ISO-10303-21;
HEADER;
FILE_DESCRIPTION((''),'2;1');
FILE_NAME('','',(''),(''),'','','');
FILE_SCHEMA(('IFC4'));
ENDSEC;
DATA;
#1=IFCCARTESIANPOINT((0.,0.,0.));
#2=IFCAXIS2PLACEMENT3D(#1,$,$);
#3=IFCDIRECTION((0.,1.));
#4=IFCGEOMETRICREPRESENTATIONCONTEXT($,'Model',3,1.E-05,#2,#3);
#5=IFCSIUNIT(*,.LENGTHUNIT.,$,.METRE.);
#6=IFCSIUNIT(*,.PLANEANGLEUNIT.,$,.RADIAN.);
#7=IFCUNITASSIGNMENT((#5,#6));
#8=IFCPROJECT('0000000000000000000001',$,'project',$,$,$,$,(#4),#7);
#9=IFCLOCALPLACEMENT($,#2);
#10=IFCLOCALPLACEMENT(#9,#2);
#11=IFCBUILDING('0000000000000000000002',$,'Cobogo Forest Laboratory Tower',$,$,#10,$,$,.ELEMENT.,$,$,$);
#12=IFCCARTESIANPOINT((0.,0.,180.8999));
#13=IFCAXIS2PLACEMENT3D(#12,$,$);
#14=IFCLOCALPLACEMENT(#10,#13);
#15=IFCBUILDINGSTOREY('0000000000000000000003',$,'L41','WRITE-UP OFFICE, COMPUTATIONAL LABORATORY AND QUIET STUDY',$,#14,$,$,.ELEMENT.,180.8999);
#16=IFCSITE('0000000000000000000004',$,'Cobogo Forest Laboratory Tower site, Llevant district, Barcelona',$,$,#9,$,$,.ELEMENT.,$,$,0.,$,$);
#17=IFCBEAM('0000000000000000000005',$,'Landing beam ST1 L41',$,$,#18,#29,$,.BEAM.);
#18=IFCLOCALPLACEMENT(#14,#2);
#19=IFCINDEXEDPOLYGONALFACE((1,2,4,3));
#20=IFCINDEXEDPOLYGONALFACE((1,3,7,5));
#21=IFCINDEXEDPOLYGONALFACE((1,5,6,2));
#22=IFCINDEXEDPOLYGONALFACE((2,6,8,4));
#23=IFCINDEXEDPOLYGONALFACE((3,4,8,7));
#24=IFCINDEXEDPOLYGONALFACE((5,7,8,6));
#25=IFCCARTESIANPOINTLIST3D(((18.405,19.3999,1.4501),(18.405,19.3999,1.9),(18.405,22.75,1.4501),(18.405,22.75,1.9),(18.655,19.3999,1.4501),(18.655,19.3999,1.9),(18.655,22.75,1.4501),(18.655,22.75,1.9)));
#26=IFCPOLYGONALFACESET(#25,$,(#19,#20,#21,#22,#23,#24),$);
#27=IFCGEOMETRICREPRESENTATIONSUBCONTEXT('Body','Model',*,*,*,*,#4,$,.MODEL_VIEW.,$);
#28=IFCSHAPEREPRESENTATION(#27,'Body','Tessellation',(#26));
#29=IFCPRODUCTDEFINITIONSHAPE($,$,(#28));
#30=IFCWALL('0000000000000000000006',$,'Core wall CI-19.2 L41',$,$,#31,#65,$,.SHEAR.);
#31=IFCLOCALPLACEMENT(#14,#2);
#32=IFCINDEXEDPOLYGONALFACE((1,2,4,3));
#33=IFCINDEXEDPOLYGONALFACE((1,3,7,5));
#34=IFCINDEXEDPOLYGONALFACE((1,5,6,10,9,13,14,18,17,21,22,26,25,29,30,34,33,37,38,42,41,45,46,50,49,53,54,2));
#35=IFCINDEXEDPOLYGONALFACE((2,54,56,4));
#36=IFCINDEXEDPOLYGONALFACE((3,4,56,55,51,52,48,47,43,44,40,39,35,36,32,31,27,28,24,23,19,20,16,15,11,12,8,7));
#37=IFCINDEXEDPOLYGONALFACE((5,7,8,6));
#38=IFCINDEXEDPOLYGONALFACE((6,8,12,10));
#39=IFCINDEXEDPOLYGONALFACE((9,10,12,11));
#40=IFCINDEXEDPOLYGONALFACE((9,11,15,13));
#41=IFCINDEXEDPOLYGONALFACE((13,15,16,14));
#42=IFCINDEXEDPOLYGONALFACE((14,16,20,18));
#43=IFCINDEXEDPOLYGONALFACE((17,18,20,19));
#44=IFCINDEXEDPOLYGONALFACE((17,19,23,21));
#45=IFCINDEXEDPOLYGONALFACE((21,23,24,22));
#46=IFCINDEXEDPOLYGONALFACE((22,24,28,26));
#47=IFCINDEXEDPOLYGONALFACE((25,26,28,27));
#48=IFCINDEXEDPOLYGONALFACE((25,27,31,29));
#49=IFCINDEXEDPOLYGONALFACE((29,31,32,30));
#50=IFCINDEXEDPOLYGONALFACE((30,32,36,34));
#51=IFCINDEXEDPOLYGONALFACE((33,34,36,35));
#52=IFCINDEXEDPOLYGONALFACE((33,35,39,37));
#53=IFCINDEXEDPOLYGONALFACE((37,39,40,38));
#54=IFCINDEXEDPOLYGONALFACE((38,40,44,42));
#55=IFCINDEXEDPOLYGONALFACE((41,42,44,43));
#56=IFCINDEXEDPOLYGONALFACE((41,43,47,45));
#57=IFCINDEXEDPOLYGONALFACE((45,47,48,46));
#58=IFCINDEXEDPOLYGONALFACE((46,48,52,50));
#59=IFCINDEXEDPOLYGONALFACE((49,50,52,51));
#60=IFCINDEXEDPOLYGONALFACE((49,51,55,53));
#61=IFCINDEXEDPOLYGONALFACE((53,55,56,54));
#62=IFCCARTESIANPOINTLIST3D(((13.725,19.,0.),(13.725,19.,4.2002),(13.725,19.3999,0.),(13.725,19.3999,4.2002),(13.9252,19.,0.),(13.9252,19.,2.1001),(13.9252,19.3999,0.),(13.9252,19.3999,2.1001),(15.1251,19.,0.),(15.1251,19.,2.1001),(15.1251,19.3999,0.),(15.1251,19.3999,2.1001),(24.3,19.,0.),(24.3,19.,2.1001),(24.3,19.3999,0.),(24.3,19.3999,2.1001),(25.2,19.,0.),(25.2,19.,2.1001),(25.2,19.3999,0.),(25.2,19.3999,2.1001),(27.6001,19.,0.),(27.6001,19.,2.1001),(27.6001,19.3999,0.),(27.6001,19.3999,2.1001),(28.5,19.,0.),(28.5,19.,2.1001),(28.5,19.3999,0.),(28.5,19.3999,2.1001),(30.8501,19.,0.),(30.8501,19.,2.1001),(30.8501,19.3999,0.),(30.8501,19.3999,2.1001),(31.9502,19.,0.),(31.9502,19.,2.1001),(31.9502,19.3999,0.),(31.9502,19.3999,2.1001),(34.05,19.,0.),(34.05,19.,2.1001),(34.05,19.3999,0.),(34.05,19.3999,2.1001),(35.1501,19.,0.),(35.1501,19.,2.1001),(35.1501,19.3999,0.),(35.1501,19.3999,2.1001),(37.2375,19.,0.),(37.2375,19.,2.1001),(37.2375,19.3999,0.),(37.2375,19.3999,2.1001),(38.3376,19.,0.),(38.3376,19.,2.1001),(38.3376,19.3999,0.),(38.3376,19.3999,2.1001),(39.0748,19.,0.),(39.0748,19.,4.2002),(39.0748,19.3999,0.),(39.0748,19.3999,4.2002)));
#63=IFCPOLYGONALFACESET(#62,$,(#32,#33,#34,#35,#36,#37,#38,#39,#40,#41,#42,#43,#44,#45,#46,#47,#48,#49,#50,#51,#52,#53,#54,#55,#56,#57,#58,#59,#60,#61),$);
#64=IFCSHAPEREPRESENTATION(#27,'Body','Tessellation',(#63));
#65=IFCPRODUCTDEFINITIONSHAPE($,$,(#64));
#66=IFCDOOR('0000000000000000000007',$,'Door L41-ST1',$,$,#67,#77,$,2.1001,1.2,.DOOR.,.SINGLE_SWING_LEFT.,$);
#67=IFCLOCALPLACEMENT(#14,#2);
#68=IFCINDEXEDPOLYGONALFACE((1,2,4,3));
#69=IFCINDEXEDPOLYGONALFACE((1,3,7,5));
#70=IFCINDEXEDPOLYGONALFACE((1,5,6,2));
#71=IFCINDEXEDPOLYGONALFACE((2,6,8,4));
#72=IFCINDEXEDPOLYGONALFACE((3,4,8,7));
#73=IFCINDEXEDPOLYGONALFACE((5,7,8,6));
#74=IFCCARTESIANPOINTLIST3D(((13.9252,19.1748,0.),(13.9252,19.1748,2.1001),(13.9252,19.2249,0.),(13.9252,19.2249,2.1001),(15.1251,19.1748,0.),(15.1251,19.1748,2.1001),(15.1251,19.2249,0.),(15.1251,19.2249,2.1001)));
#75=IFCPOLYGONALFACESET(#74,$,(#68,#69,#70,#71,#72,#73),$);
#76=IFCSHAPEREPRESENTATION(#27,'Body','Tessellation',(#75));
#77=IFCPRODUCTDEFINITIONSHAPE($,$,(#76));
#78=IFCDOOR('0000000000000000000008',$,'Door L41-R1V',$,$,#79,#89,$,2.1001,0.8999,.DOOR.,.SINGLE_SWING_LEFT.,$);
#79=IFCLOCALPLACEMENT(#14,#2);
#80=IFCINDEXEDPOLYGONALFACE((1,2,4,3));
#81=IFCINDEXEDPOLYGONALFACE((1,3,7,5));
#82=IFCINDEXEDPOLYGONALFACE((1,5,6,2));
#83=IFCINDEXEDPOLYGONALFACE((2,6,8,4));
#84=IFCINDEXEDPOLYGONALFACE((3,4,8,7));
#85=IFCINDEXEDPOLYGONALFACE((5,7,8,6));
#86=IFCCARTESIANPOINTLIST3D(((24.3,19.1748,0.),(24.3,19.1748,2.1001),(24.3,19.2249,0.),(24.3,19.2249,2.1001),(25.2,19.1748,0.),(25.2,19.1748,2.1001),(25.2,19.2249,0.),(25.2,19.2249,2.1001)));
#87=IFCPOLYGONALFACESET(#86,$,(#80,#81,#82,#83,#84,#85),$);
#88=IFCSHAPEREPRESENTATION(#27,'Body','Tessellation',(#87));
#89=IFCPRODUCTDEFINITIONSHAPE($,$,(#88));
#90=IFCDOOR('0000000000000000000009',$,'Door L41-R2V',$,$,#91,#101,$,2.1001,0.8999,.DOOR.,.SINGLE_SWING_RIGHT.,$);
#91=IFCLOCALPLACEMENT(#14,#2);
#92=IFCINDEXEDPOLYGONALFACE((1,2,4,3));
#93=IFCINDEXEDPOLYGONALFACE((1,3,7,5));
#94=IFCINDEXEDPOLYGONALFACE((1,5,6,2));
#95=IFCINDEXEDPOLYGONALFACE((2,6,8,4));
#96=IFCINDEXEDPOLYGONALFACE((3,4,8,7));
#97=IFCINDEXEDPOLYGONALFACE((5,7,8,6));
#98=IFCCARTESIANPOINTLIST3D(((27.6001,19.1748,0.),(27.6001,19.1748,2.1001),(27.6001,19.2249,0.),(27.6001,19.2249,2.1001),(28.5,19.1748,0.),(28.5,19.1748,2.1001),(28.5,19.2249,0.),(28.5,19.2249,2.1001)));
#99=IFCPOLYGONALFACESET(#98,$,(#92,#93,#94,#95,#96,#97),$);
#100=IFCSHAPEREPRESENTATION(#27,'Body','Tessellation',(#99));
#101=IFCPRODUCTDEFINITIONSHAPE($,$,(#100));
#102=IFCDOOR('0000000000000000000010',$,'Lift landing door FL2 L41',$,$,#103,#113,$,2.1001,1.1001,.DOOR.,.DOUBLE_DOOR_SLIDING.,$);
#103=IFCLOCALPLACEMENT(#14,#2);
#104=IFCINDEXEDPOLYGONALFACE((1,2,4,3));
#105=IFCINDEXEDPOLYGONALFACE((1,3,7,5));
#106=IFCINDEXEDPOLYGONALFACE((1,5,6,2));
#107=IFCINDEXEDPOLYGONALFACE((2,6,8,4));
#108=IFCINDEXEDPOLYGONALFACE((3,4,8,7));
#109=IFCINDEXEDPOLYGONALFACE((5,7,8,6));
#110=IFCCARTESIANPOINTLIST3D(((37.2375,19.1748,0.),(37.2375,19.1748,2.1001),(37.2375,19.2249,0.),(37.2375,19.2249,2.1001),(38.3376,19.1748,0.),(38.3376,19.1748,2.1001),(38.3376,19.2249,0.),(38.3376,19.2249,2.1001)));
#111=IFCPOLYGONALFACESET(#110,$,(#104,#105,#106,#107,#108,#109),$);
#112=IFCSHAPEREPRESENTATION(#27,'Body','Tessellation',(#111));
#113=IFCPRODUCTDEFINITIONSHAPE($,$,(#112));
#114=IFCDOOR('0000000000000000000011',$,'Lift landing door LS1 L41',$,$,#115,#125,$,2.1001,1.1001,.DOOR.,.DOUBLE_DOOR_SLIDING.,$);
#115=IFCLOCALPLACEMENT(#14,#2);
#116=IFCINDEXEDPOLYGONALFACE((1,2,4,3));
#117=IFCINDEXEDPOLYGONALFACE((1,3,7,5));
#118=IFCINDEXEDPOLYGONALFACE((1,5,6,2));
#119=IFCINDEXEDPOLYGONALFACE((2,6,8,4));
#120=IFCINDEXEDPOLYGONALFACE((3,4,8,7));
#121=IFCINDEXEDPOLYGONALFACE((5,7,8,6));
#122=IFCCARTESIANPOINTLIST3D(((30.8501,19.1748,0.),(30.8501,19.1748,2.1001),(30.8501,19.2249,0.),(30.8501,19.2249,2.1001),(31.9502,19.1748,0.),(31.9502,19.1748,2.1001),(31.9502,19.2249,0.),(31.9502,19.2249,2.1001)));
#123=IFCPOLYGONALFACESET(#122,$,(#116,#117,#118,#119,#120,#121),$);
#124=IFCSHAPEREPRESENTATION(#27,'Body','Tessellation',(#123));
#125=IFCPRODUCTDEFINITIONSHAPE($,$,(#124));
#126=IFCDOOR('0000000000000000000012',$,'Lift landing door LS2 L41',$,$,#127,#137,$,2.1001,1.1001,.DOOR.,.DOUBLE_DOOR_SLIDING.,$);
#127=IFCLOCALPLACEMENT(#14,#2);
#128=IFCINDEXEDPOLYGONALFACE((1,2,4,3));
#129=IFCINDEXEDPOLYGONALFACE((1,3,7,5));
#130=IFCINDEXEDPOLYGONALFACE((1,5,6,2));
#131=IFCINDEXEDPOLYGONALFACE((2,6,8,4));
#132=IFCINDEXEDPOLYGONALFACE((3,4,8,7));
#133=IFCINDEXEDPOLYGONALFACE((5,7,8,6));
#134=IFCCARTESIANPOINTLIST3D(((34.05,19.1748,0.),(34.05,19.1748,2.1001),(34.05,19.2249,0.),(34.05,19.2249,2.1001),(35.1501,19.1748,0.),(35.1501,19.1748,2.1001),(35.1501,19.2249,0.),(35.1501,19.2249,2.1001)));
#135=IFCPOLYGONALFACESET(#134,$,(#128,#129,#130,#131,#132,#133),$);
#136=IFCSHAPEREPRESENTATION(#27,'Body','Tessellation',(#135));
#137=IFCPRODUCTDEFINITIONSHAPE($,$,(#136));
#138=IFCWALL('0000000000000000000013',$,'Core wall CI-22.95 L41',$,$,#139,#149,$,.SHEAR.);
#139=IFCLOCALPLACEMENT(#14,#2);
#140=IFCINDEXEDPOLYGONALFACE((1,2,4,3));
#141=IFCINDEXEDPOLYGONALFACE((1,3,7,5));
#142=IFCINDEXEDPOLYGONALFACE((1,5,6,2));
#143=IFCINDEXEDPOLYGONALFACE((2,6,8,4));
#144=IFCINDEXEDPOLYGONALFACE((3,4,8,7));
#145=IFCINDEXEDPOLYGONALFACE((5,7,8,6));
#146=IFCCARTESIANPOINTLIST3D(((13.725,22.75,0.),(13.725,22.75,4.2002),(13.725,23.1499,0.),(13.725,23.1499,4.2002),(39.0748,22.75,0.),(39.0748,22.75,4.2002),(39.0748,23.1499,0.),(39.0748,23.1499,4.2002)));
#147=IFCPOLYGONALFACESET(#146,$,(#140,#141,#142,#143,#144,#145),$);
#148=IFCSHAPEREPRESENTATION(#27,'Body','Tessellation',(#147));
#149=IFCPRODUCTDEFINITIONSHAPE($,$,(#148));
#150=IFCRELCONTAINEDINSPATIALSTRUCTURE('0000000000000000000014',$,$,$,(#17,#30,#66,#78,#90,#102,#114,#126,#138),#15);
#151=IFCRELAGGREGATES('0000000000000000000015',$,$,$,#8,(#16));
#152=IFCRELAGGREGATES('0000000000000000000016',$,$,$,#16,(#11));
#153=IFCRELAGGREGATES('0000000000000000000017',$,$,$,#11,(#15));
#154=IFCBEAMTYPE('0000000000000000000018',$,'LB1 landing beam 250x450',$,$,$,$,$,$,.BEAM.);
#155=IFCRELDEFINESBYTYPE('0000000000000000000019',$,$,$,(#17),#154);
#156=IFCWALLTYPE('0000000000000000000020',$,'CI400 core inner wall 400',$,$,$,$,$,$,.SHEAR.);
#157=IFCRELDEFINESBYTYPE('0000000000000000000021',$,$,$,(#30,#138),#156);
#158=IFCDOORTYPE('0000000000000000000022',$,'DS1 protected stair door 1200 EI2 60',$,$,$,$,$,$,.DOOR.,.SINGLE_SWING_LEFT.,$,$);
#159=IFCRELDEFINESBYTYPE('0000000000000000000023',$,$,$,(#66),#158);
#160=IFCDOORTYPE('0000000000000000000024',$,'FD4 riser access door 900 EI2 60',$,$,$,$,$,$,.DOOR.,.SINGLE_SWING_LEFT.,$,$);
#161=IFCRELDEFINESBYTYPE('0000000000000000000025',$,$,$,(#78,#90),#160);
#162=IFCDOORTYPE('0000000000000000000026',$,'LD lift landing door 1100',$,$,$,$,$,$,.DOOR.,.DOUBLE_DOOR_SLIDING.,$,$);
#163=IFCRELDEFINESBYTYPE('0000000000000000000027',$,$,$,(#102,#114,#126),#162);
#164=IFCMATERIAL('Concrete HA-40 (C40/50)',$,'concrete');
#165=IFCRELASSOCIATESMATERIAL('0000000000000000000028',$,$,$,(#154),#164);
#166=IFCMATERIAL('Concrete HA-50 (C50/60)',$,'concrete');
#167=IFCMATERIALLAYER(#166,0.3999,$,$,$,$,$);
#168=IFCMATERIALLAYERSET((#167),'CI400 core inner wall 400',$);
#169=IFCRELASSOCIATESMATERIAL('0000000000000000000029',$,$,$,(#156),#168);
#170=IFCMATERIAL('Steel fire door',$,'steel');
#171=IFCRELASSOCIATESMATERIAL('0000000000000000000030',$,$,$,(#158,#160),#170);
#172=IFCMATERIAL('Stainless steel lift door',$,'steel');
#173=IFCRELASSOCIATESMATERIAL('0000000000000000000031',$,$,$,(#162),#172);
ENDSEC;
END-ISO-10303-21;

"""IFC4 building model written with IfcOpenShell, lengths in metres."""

from ifc_helpers import new_model, si_unit, direction, frame, frame_2d, origin, origin_2d, place, context, subcontext, project, spatial, rectangle, extrude, material, layer, layer_set, material_profile, profile_set, type_object, element, fill, save


model = new_model("IFC4")

# Units and contexts
model_context = context("Model", 3, precision=1e-05, world=origin(), true_north=direction((0.0, 1.0)))
body_context = subcontext(model_context, "Body", "Model", "MODEL_VIEW")
ifc_project = project(units=[si_unit("LENGTHUNIT", "METRE"), si_unit("PLANEANGLEUNIT", "RADIAN")], contexts=[model_context])

# Site, building, storey
site_placement = place(None, origin())
site = spatial("IfcSite", under=ifc_project, at=site_placement, Name="Cobogo Forest Laboratory Tower site, Llevant district, Barcelona", CompositionType="ELEMENT", RefElevation=0.0)
building_placement = place(site_placement, origin())
building = spatial("IfcBuilding", under=site, at=building_placement, Name="Cobogo Forest Laboratory Tower", CompositionType="ELEMENT")
storey_placement = place(building_placement, frame((0.0, 0.0, 180.8999)))
storey = spatial("IfcBuildingStorey", under=building, at=storey_placement, Name="L41", Description="WRITE-UP OFFICE, COMPUTATIONAL LABORATORY AND QUIET STUDY", CompositionType="ELEMENT", Elevation=180.8999)

# Beam
ifc_material_1 = material(Name="Concrete HA-40 (C40/50)", Category="concrete")
ifc_material_profile = material_profile(ifc_material_1, rectangle(XDim=0.25, YDim=0.45, at=origin_2d()), Name="RC 250x450")
ifc_profile_set = profile_set([ifc_material_profile], Name="Concrete HA-40 (C40/50)")
beam_type = type_object("IfcBeamType", Name="LB1 landing beam 250x450", PredefinedType="BEAM", material=ifc_profile_set)
beam_placement = place(storey_placement, frame((18.53, 19.3999, 1.675), z_axis=(0.0, 1.0, 0.0), x_axis=(-1.0, 0.0, 0.0)))
element("IfcBeam", 1, at=beam_placement, inside=storey, type_object=beam_type, Name="Landing beam ST1 L41", PredefinedType="BEAM", context=body_context, shape_type="SweptSolid", body=[
    extrude(rectangle(XDim=0.25, YDim=0.45, at=origin_2d()), origin(), (0.0, 0.0, 1.0), 3.3501),
])

# Wall, openings, doors
ifc_material_2 = material(Name="Concrete HA-50 (C50/60)", Category="concrete")
ifc_layer = layer(ifc_material_2, 0.3999)
ifc_layer_set = layer_set([ifc_layer], Name="CI400 core inner wall 400")
wall_type = type_object("IfcWallType", Name="CI400 core inner wall 400", PredefinedType="SHEAR", material=ifc_layer_set)
wall_1_placement = place(storey_placement, frame((13.7251, 19.2, 0.0), z_axis=(0.0, 0.0, 1.0), x_axis=(1.0, 0.0, 0.0)))
wall_1 = element("IfcWall", 2, at=wall_1_placement, inside=storey, type_object=wall_type, Name="Core wall CI-19.2 L41", PredefinedType="SHEAR", context=body_context, shape_type="SweptSolid", body=[
    extrude(rectangle(XDim=25.3499, YDim=0.3999, at=frame_2d((12.6748, 0.0))), origin(), (0.0, 0.0, 1.0), 4.2002),
])
opening_1_placement = place(wall_1_placement, frame((10.575, 0.0, 0.0)))
opening_1 = element("IfcOpeningElement", 3, at=opening_1_placement, cuts=wall_1, PredefinedType="OPENING", context=body_context, shape_type="SweptSolid", body=[
    extrude(rectangle(XDim=0.8999, YDim=2.1001, at=frame_2d((0.45, 1.05))), frame((0.0, 0.21, 0.0), z_axis=(0.0, -1.0, 0.0), x_axis=(1.0, 0.0, 0.0)), (0.0, 0.0, 1.0), 0.4199),
])
opening_2_placement = place(wall_1_placement, frame((13.875, 0.0, 0.0)))
opening_2 = element("IfcOpeningElement", 4, at=opening_2_placement, cuts=wall_1, PredefinedType="OPENING", context=body_context, shape_type="SweptSolid", body=[
    extrude(rectangle(XDim=0.8999, YDim=2.1001, at=frame_2d((0.45, 1.05))), frame((0.0, 0.21, 0.0), z_axis=(0.0, -1.0, 0.0), x_axis=(1.0, 0.0, 0.0)), (0.0, 0.0, 1.0), 0.4199),
])
opening_3_placement = place(wall_1_placement, frame((0.2, 0.0, 0.0)))
opening_3 = element("IfcOpeningElement", 5, at=opening_3_placement, cuts=wall_1, PredefinedType="OPENING", context=body_context, shape_type="SweptSolid", body=[
    extrude(rectangle(XDim=1.2, YDim=2.1001, at=frame_2d((0.6001, 1.05))), frame((0.0, 0.21, 0.0), z_axis=(0.0, -1.0, 0.0), x_axis=(1.0, 0.0, 0.0)), (0.0, 0.0, 1.0), 0.4199),
])
opening_4_placement = place(wall_1_placement, frame((23.5125, 0.0, 0.0)))
opening_4 = element("IfcOpeningElement", 6, at=opening_4_placement, cuts=wall_1, PredefinedType="OPENING", context=body_context, shape_type="SweptSolid", body=[
    extrude(rectangle(XDim=1.1001, YDim=2.1001, at=frame_2d((0.55, 1.05))), frame((0.0, 0.21, 0.0), z_axis=(0.0, -1.0, 0.0), x_axis=(1.0, 0.0, 0.0)), (0.0, 0.0, 1.0), 0.4199),
])
opening_5_placement = place(wall_1_placement, frame((17.125, 0.0, 0.0)))
opening_5 = element("IfcOpeningElement", 7, at=opening_5_placement, cuts=wall_1, PredefinedType="OPENING", context=body_context, shape_type="SweptSolid", body=[
    extrude(rectangle(XDim=1.1001, YDim=2.1001, at=frame_2d((0.55, 1.05))), frame((0.0, 0.21, 0.0), z_axis=(0.0, -1.0, 0.0), x_axis=(1.0, 0.0, 0.0)), (0.0, 0.0, 1.0), 0.4199),
])
opening_6_placement = place(wall_1_placement, frame((20.325, 0.0, 0.0)))
opening_6 = element("IfcOpeningElement", 8, at=opening_6_placement, cuts=wall_1, PredefinedType="OPENING", context=body_context, shape_type="SweptSolid", body=[
    extrude(rectangle(XDim=1.1001, YDim=2.1001, at=frame_2d((0.55, 1.05))), frame((0.0, 0.21, 0.0), z_axis=(0.0, -1.0, 0.0), x_axis=(1.0, 0.0, 0.0)), (0.0, 0.0, 1.0), 0.4199),
])
ifc_material_3 = material(Name="Steel fire door", Category="steel")
door_type_1 = type_object("IfcDoorType", Name="DS1 protected stair door 1200 EI2 60", OperationType="SINGLE_SWING_LEFT", PredefinedType="DOOR", material=ifc_material_3)
door_1_placement = place(opening_3_placement, origin())
door_1 = element("IfcDoor", 9, at=door_1_placement, inside=storey, type_object=door_type_1, Name="Door L41-ST1", OperationType="SINGLE_SWING_LEFT", OverallHeight=2.1001, OverallWidth=1.2, PredefinedType="DOOR", context=body_context, shape_type="SweptSolid", body=[
    extrude(rectangle(XDim=1.2, YDim=2.1001, at=frame_2d((0.6001, 1.05))), frame((0.0, 0.0249, 0.0), z_axis=(0.0, -1.0, 0.0), x_axis=(1.0, 0.0, 0.0)), (0.0, 0.0, 1.0), 0.05),
])
fill(opening_3, door_1)
door_type_2 = type_object("IfcDoorType", Name="FD4 riser access door 900 EI2 60", OperationType="SINGLE_SWING_LEFT", PredefinedType="DOOR", material=ifc_material_3)
door_2_placement = place(opening_1_placement, origin())
door_2 = element("IfcDoor", 10, at=door_2_placement, inside=storey, type_object=door_type_2, Name="Door L41-R1V", OperationType="SINGLE_SWING_LEFT", OverallHeight=2.1001, OverallWidth=0.8999, PredefinedType="DOOR", context=body_context, shape_type="SweptSolid", body=[
    extrude(rectangle(XDim=0.8999, YDim=2.1001, at=frame_2d((0.45, 1.05))), frame((0.0, 0.0249, 0.0), z_axis=(0.0, -1.0, 0.0), x_axis=(1.0, 0.0, 0.0)), (0.0, 0.0, 1.0), 0.05),
])
fill(opening_1, door_2)
door_3_placement = place(opening_2_placement, origin())
door_3 = element("IfcDoor", 11, at=door_3_placement, inside=storey, type_object=door_type_2, Name="Door L41-R2V", OperationType="SINGLE_SWING_RIGHT", OverallHeight=2.1001, OverallWidth=0.8999, PredefinedType="DOOR", context=body_context, shape_type="SweptSolid", body=[
    extrude(rectangle(XDim=0.8999, YDim=2.1001, at=frame_2d((0.45, 1.05))), frame((0.0, 0.0249, 0.0), z_axis=(0.0, -1.0, 0.0), x_axis=(1.0, 0.0, 0.0)), (0.0, 0.0, 1.0), 0.05),
])
fill(opening_2, door_3)
ifc_material_4 = material(Name="Stainless steel lift door", Category="steel")
door_type_3 = type_object("IfcDoorType", Name="LD lift landing door 1100", OperationType="DOUBLE_DOOR_SLIDING", PredefinedType="DOOR", material=ifc_material_4)
door_4_placement = place(opening_4_placement, origin())
door_4 = element("IfcDoor", 12, at=door_4_placement, inside=storey, type_object=door_type_3, Name="Lift landing door FL2 L41", OperationType="DOUBLE_DOOR_SLIDING", OverallHeight=2.1001, OverallWidth=1.1001, PredefinedType="DOOR", context=body_context, shape_type="SweptSolid", body=[
    extrude(rectangle(XDim=1.1001, YDim=2.1001, at=frame_2d((0.55, 1.05))), frame((0.0, 0.0249, 0.0), z_axis=(0.0, -1.0, 0.0), x_axis=(1.0, 0.0, 0.0)), (0.0, 0.0, 1.0), 0.05),
])
fill(opening_4, door_4)
door_5_placement = place(opening_5_placement, origin())
door_5 = element("IfcDoor", 13, at=door_5_placement, inside=storey, type_object=door_type_3, Name="Lift landing door LS1 L41", OperationType="DOUBLE_DOOR_SLIDING", OverallHeight=2.1001, OverallWidth=1.1001, PredefinedType="DOOR", context=body_context, shape_type="SweptSolid", body=[
    extrude(rectangle(XDim=1.1001, YDim=2.1001, at=frame_2d((0.55, 1.05))), frame((0.0, 0.0249, 0.0), z_axis=(0.0, -1.0, 0.0), x_axis=(1.0, 0.0, 0.0)), (0.0, 0.0, 1.0), 0.05),
])
fill(opening_5, door_5)
door_6_placement = place(opening_6_placement, origin())
door_6 = element("IfcDoor", 14, at=door_6_placement, inside=storey, type_object=door_type_3, Name="Lift landing door LS2 L41", OperationType="DOUBLE_DOOR_SLIDING", OverallHeight=2.1001, OverallWidth=1.1001, PredefinedType="DOOR", context=body_context, shape_type="SweptSolid", body=[
    extrude(rectangle(XDim=1.1001, YDim=2.1001, at=frame_2d((0.55, 1.05))), frame((0.0, 0.0249, 0.0), z_axis=(0.0, -1.0, 0.0), x_axis=(1.0, 0.0, 0.0)), (0.0, 0.0, 1.0), 0.05),
])
fill(opening_6, door_6)

# Wall
wall_2_placement = place(storey_placement, frame((13.7251, 22.95, 0.0), z_axis=(0.0, 0.0, 1.0), x_axis=(1.0, 0.0, 0.0)))
element("IfcWall", 15, at=wall_2_placement, inside=storey, type_object=wall_type, Name="Core wall CI-22.95 L41", PredefinedType="SHEAR", context=body_context, shape_type="SweptSolid", body=[
    extrude(rectangle(XDim=25.3499, YDim=0.3999, at=frame_2d((12.6748, 0.0))), origin(), (0.0, 0.0, 1.0), 4.2002),
])

save(model, "model.ifc")
